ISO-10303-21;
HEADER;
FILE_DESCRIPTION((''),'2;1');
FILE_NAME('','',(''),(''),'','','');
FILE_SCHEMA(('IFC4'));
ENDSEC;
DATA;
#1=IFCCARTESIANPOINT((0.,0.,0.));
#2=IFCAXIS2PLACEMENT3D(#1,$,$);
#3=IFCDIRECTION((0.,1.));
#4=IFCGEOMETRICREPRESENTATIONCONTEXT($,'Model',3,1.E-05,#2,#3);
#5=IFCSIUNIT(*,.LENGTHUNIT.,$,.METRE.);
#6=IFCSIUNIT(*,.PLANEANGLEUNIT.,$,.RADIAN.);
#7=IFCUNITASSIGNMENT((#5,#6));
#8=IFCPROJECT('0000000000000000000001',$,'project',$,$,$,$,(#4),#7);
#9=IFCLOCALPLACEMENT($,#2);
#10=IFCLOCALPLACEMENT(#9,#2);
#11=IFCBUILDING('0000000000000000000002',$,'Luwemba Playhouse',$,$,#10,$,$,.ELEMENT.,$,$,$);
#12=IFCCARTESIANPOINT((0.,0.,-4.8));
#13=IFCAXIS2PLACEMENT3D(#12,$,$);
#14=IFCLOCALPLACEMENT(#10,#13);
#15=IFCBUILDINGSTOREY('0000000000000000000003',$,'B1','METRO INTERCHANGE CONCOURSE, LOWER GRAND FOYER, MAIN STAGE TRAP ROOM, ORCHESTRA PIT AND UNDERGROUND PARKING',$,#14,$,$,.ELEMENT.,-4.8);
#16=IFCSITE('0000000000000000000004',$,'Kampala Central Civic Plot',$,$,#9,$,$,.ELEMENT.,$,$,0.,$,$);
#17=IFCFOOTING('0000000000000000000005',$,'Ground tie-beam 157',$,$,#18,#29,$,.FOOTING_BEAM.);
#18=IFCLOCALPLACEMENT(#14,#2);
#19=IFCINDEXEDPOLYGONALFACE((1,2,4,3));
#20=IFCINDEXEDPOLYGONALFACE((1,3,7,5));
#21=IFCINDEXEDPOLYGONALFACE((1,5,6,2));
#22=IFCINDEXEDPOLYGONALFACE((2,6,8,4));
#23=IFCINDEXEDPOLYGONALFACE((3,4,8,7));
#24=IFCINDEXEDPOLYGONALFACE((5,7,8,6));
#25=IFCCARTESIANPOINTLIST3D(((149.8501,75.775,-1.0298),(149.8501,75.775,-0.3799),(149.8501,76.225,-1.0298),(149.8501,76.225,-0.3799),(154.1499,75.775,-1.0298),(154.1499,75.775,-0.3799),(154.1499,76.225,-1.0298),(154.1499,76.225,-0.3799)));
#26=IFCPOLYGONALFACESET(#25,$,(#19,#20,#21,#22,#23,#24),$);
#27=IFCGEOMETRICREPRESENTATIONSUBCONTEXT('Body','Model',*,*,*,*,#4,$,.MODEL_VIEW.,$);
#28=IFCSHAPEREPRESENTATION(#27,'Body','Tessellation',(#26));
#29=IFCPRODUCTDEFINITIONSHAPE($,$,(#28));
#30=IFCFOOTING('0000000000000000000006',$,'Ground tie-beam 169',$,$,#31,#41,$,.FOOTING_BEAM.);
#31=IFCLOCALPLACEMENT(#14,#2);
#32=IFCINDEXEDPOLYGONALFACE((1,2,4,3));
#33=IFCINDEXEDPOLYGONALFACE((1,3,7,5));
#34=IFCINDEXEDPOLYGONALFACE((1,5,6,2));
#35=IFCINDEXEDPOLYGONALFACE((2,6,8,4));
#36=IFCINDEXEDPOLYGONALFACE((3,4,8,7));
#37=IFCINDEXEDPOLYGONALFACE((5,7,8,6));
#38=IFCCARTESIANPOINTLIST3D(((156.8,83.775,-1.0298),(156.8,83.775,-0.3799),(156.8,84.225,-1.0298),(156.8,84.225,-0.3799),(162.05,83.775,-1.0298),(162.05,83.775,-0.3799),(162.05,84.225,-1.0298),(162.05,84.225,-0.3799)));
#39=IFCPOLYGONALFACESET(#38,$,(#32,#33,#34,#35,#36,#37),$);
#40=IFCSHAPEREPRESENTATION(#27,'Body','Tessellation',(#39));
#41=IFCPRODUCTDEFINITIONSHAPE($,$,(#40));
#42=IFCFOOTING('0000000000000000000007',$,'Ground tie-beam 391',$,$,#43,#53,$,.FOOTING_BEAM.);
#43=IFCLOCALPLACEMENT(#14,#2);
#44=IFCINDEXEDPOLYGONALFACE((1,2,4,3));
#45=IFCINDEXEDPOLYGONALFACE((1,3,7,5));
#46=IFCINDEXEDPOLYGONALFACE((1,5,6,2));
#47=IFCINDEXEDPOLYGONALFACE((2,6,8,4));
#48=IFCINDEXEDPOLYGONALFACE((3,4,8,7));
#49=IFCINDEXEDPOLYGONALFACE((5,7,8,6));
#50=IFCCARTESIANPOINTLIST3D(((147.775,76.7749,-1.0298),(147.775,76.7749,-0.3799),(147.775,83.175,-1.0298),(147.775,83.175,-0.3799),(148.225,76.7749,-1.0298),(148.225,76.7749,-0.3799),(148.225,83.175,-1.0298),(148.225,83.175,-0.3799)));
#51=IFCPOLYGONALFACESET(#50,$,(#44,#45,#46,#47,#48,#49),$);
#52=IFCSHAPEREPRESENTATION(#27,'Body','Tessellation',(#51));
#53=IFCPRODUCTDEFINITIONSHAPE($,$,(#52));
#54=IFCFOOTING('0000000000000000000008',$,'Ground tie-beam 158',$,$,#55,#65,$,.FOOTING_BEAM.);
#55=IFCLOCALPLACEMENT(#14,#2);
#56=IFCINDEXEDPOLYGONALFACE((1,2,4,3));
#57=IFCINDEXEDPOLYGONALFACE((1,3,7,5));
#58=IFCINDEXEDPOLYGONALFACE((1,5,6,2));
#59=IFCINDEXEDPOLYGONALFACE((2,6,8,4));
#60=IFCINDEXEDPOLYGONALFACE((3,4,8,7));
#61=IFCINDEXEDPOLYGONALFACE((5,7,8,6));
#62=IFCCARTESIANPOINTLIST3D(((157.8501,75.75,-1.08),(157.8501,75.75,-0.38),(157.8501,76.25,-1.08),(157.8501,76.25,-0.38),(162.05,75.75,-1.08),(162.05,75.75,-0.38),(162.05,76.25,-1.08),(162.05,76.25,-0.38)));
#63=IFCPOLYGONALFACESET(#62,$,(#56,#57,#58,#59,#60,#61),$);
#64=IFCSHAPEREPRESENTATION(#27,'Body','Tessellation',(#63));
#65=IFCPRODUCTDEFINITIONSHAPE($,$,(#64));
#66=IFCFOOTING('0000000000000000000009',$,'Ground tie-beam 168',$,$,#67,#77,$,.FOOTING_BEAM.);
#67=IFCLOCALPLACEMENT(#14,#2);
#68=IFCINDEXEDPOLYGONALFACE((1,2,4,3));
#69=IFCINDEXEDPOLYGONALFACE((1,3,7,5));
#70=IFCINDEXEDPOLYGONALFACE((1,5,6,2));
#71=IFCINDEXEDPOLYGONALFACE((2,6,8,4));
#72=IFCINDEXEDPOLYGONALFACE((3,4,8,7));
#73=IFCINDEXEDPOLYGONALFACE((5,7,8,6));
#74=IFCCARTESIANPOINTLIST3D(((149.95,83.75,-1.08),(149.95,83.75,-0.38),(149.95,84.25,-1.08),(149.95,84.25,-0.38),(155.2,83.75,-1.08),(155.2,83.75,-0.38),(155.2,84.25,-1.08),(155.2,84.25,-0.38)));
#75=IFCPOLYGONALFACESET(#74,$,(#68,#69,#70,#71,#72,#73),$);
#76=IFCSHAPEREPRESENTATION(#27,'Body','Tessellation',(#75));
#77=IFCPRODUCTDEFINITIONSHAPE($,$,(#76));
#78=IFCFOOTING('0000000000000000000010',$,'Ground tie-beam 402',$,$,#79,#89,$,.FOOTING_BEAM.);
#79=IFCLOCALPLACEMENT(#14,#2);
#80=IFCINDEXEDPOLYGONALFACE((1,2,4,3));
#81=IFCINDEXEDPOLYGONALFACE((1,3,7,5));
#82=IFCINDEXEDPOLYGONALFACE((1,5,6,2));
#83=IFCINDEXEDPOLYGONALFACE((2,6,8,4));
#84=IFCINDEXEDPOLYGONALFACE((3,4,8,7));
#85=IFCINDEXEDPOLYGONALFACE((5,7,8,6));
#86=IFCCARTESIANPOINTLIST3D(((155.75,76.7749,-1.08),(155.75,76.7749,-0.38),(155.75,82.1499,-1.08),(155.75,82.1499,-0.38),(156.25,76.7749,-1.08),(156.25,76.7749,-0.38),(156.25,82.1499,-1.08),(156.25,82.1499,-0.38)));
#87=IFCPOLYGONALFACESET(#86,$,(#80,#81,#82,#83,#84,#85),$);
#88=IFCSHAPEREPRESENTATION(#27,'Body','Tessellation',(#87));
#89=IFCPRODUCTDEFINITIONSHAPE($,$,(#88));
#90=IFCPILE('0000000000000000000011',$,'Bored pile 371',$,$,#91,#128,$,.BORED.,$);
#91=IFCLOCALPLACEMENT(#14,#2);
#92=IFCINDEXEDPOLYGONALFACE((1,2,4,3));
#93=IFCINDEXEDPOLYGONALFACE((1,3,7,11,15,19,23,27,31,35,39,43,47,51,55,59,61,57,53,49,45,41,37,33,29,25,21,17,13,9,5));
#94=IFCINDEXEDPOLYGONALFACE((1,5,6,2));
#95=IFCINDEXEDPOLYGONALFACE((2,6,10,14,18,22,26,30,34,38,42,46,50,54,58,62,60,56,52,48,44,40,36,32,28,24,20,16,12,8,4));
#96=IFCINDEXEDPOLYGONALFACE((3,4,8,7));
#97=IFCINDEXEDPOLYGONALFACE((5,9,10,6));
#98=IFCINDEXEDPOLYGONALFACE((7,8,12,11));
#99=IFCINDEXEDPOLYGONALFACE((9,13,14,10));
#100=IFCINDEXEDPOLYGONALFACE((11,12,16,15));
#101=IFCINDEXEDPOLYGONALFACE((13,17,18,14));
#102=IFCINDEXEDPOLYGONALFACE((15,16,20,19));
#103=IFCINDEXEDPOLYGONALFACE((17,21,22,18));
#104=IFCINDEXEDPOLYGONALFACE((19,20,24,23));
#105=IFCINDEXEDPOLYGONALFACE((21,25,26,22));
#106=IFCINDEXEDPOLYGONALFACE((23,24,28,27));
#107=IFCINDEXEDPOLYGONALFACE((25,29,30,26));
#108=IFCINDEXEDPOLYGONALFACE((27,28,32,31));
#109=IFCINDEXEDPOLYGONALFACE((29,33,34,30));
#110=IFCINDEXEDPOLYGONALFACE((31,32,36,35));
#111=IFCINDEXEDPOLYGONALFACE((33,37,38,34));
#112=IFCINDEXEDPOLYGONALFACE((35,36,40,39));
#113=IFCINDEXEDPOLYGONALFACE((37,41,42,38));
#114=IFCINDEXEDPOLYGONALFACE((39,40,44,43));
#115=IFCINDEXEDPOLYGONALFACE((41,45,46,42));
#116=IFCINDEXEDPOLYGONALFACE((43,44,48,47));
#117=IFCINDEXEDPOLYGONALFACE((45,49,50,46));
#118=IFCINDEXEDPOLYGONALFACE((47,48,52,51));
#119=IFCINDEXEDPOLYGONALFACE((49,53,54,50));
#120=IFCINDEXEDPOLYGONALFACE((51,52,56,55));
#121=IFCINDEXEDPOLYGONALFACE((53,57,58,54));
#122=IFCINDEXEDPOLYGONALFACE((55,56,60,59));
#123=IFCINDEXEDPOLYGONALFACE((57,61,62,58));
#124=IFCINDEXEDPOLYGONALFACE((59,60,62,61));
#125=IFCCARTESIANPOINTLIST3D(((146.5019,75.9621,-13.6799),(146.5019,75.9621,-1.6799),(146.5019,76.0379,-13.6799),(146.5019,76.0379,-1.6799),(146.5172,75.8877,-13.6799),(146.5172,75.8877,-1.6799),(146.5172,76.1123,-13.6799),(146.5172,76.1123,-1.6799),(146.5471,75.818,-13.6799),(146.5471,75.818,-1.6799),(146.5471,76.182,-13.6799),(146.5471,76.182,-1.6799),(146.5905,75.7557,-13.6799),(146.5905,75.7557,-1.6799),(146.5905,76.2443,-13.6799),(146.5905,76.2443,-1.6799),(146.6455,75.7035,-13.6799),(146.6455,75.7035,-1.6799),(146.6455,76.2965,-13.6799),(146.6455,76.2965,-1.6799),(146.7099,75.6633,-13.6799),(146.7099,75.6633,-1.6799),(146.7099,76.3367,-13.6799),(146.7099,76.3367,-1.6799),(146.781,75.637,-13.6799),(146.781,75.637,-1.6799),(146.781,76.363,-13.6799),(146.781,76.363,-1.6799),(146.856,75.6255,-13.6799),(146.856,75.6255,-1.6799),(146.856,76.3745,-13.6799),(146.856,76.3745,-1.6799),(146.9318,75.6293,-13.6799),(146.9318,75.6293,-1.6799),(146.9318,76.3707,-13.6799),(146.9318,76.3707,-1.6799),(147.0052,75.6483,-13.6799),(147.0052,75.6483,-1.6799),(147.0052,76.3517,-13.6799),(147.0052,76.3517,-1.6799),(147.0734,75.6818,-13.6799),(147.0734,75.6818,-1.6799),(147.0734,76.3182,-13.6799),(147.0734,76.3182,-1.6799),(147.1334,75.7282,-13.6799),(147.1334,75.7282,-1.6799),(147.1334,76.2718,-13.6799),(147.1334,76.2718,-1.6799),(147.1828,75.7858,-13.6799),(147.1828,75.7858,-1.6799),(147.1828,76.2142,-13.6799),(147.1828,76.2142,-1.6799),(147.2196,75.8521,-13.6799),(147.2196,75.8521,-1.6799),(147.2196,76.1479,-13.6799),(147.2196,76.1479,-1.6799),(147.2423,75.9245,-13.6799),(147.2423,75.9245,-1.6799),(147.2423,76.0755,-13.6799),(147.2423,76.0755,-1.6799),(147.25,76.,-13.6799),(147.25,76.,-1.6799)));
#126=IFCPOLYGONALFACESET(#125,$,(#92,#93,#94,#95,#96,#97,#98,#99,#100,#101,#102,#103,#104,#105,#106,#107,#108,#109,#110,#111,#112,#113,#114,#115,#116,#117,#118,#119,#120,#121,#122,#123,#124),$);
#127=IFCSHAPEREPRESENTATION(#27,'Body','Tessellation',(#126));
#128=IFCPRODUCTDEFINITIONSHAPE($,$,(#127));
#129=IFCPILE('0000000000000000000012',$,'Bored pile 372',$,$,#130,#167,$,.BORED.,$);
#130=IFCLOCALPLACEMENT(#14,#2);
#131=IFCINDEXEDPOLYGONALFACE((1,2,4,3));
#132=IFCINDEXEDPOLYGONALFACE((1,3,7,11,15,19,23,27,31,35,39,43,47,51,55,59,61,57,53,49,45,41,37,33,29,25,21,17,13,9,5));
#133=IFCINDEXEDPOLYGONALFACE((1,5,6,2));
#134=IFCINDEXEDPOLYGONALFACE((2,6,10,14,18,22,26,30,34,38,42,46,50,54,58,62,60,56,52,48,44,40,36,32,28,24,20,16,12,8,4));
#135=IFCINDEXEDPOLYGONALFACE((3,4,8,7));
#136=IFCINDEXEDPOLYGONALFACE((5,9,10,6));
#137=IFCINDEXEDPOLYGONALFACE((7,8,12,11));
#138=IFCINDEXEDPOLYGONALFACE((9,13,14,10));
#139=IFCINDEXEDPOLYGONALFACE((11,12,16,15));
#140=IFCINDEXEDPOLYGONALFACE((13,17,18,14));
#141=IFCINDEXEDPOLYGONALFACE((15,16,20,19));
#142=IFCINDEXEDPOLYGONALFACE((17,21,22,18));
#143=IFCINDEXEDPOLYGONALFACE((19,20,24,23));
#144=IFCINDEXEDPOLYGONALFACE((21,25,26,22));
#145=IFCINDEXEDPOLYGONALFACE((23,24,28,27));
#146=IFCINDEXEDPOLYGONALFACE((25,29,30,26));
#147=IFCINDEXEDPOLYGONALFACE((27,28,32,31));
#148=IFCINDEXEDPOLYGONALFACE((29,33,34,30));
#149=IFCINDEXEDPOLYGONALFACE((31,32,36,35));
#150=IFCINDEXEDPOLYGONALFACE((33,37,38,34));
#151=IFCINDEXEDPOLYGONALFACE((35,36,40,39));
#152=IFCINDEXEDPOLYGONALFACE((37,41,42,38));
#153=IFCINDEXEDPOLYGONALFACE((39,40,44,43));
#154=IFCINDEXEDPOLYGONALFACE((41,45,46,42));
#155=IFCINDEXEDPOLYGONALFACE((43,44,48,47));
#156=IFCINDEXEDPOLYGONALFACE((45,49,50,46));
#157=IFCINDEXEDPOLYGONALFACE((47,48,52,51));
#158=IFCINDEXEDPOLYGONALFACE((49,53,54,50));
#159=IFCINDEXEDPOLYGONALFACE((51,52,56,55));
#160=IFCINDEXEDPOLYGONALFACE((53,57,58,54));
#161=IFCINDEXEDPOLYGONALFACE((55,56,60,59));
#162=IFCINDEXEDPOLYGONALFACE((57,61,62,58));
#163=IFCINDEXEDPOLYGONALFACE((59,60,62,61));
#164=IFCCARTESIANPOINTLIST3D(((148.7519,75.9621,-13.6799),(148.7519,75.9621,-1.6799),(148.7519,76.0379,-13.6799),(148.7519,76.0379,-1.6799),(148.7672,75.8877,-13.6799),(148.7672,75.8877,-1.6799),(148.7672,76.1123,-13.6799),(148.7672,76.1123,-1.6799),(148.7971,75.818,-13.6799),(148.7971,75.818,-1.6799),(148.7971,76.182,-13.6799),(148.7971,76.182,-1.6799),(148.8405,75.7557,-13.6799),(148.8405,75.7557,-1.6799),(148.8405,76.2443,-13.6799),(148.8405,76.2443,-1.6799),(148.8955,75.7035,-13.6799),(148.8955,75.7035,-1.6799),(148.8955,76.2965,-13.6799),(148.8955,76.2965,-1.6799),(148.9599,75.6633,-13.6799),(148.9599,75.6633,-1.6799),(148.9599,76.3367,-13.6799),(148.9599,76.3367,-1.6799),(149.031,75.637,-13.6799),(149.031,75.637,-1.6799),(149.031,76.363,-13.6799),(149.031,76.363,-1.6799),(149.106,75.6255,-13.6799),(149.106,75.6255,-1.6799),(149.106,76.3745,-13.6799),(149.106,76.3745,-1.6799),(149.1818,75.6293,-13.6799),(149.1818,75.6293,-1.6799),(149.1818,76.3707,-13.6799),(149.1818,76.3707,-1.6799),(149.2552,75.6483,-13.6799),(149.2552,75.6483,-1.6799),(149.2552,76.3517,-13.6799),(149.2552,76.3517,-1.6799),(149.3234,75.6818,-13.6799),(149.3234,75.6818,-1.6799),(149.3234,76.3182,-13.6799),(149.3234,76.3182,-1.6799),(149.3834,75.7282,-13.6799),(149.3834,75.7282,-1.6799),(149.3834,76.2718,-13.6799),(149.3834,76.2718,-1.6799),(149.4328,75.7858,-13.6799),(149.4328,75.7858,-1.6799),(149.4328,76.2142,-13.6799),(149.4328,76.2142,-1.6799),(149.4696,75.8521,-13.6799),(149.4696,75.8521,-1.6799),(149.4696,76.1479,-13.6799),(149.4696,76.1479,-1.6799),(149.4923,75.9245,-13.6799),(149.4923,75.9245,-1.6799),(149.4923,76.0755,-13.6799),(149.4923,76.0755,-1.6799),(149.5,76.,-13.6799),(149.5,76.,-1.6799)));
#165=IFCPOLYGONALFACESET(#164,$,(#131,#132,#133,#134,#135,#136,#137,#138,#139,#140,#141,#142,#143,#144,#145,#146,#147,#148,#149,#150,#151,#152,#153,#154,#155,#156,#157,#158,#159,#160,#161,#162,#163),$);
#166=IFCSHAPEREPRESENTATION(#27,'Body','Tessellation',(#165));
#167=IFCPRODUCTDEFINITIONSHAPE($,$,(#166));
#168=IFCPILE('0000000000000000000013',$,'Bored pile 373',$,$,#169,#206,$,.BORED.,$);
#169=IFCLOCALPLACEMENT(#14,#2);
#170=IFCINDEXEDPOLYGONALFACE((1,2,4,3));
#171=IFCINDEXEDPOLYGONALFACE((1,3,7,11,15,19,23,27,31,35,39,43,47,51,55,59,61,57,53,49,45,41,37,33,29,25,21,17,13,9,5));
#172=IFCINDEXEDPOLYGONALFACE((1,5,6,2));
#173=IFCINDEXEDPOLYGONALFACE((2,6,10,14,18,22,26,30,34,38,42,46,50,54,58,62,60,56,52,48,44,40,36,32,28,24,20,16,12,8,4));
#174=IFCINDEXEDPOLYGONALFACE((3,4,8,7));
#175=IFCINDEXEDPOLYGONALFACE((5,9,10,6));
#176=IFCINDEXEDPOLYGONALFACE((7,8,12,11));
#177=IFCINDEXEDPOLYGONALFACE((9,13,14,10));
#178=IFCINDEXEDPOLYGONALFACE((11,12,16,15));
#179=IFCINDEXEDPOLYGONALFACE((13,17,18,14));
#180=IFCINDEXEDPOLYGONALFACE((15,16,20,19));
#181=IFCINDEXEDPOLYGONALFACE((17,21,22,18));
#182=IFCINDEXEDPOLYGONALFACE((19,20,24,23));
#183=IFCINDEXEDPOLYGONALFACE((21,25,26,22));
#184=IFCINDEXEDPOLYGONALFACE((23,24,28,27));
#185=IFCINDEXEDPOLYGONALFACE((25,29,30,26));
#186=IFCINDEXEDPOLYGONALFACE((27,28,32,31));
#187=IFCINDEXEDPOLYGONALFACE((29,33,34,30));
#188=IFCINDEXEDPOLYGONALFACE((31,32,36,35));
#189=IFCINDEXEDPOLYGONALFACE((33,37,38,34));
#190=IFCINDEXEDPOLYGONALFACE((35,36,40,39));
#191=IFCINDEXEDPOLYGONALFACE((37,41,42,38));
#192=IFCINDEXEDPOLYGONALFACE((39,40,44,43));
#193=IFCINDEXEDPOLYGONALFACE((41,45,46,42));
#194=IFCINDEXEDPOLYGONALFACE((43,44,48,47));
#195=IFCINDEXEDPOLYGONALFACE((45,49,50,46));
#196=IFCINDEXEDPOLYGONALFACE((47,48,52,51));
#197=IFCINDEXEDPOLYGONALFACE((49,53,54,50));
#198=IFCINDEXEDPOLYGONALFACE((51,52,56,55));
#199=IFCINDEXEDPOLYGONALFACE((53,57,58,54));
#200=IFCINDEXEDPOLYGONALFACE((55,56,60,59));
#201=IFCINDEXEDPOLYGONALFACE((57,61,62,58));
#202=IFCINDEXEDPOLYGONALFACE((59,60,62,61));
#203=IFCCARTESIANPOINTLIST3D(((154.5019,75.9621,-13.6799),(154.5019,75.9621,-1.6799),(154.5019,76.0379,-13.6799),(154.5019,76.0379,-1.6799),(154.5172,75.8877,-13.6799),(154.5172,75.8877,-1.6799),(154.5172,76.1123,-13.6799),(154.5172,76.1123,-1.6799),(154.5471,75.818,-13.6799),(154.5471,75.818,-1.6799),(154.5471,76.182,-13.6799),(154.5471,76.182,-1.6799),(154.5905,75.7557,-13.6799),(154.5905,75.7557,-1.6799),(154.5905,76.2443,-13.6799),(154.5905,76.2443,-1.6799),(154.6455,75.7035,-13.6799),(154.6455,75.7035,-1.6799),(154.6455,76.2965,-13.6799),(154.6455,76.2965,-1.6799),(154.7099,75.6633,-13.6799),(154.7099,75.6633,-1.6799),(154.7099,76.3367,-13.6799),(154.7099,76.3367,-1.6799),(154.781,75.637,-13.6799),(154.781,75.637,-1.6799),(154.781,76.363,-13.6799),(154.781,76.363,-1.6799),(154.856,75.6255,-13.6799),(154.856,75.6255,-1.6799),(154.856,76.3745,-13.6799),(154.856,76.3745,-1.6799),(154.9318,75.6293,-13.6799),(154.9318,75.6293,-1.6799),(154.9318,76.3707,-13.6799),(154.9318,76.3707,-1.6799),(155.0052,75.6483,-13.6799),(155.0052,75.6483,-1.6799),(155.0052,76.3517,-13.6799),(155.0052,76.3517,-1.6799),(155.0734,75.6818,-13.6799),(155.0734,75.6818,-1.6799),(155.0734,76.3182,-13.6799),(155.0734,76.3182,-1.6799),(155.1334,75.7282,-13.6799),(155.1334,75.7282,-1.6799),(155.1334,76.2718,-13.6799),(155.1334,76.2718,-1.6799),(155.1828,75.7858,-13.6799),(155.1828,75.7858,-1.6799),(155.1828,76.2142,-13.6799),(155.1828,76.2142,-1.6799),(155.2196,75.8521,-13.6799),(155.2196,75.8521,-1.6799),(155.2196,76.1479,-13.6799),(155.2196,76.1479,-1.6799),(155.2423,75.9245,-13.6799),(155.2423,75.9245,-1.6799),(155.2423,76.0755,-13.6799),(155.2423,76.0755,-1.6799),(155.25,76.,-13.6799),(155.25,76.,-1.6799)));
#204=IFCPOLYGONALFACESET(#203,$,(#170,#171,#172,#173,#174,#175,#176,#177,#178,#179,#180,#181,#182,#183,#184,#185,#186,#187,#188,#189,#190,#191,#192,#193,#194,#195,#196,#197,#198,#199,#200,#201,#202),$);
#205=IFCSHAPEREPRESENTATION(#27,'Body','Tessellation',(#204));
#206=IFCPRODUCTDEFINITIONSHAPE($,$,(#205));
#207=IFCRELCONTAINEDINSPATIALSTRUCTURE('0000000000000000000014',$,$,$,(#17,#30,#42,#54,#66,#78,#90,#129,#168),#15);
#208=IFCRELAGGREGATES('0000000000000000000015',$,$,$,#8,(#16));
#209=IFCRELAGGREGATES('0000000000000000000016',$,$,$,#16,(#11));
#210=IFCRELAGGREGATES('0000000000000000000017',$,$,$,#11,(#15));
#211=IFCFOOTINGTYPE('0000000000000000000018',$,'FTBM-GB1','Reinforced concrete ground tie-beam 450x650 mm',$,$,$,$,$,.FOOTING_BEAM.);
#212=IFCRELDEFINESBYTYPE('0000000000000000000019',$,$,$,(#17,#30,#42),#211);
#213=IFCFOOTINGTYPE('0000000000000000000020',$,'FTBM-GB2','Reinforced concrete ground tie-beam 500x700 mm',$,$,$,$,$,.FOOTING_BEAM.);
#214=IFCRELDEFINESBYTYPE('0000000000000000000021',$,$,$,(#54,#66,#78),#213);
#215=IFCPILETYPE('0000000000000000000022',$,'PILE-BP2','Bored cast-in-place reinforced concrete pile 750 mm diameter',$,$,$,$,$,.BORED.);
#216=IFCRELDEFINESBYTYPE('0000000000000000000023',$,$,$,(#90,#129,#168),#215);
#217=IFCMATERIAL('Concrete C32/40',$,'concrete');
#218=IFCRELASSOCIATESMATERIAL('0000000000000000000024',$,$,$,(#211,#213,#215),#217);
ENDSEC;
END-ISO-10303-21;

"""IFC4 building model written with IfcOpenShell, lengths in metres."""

from ifc_helpers import new_model, si_unit, direction, frame, origin, origin_2d, place, context, subcontext, project, spatial, rectangle, circle, extrude, material, material_profile, profile_set, type_object, element, save


model = new_model("IFC4")

# Units and contexts
model_context = context("Model", 3, precision=1e-05, world=origin(), true_north=direction((0.0, 1.0)))
body_context = subcontext(model_context, "Body", "Model", "MODEL_VIEW")
ifc_project = project(units=[si_unit("LENGTHUNIT", "METRE"), si_unit("PLANEANGLEUNIT", "RADIAN")], contexts=[model_context])

# Site, building, storey
site_placement = place(None, origin())
site = spatial("IfcSite", under=ifc_project, at=site_placement, Name="Kampala Central Civic Plot", CompositionType="ELEMENT", RefElevation=0.0)
building_placement = place(site_placement, origin())
building = spatial("IfcBuilding", under=site, at=building_placement, Name="Luwemba Playhouse", CompositionType="ELEMENT")
storey_placement = place(building_placement, frame((0.0, 0.0, -4.8)))
storey = spatial("IfcBuildingStorey", under=building, at=storey_placement, Name="B1", Description="METRO INTERCHANGE CONCOURSE, LOWER GRAND FOYER, MAIN STAGE TRAP ROOM, ORCHESTRA PIT AND UNDERGROUND PARKING", CompositionType="ELEMENT", Elevation=-4.8)

# Footings
ifc_material_1 = material(Name="Concrete C32/40", Category="concrete")
ifc_material_profile_1 = material_profile(ifc_material_1, rectangle(XDim=0.45, YDim=0.6499, at=origin_2d()))
ifc_profile_set_1 = profile_set([ifc_material_profile_1], Name="Concrete C32/40")
footing_type_1 = type_object("IfcFootingType", Name="FTBM-GB1", Description="Reinforced concrete ground tie-beam 450x650 mm", PredefinedType="FOOTING_BEAM", material=ifc_profile_set_1)
footing_1_placement = place(storey_placement, frame((149.8501, 76.0, -0.7048), z_axis=(1.0, 0.0, 0.0), x_axis=(0.0, 1.0, 0.0)))
element("IfcFooting", 1, at=footing_1_placement, inside=storey, type_object=footing_type_1, Name="Ground tie-beam 157", PredefinedType="FOOTING_BEAM", context=body_context, shape_type="SweptSolid", body=[
    extrude(rectangle(XDim=0.45, YDim=0.6499, at=origin_2d()), origin(), (0.0, 0.0, 1.0), 4.2998),
])
footing_2_placement = place(storey_placement, frame((156.8, 84.0, -0.7048), z_axis=(1.0, 0.0, 0.0), x_axis=(0.0, 1.0, 0.0)))
element("IfcFooting", 2, at=footing_2_placement, inside=storey, type_object=footing_type_1, Name="Ground tie-beam 169", PredefinedType="FOOTING_BEAM", context=body_context, shape_type="SweptSolid", body=[
    extrude(rectangle(XDim=0.45, YDim=0.6499, at=origin_2d()), origin(), (0.0, 0.0, 1.0), 5.25),
])
footing_3_placement = place(storey_placement, frame((148.0, 76.7749, -0.7048), z_axis=(0.0, 1.0, 0.0), x_axis=(-1.0, 0.0, 0.0)))
element("IfcFooting", 3, at=footing_3_placement, inside=storey, type_object=footing_type_1, Name="Ground tie-beam 391", PredefinedType="FOOTING_BEAM", context=body_context, shape_type="SweptSolid", body=[
    extrude(rectangle(XDim=0.45, YDim=0.6499, at=origin_2d()), origin(), (0.0, 0.0, 1.0), 6.4001),
])
ifc_material_profile_2 = material_profile(ifc_material_1, rectangle(XDim=0.5, YDim=0.7, at=origin_2d()))
ifc_profile_set_2 = profile_set([ifc_material_profile_2], Name="Concrete C32/40")
footing_type_2 = type_object("IfcFootingType", Name="FTBM-GB2", Description="Reinforced concrete ground tie-beam 500x700 mm", PredefinedType="FOOTING_BEAM", material=ifc_profile_set_2)
footing_4_placement = place(storey_placement, frame((157.8501, 76.0, -0.73), z_axis=(1.0, 0.0, 0.0), x_axis=(0.0, 1.0, 0.0)))
element("IfcFooting", 4, at=footing_4_placement, inside=storey, type_object=footing_type_2, Name="Ground tie-beam 158", PredefinedType="FOOTING_BEAM", context=body_context, shape_type="SweptSolid", body=[
    extrude(rectangle(XDim=0.5, YDim=0.7, at=origin_2d()), origin(), (0.0, 0.0, 1.0), 4.2),
])
footing_5_placement = place(storey_placement, frame((149.95, 84.0, -0.73), z_axis=(1.0, 0.0, 0.0), x_axis=(0.0, 1.0, 0.0)))
element("IfcFooting", 5, at=footing_5_placement, inside=storey, type_object=footing_type_2, Name="Ground tie-beam 168", PredefinedType="FOOTING_BEAM", context=body_context, shape_type="SweptSolid", body=[
    extrude(rectangle(XDim=0.5, YDim=0.7, at=origin_2d()), origin(), (0.0, 0.0, 1.0), 5.25),
])
footing_6_placement = place(storey_placement, frame((156.0, 76.7749, -0.73), z_axis=(0.0, 1.0, 0.0), x_axis=(-1.0, 0.0, 0.0)))
element("IfcFooting", 6, at=footing_6_placement, inside=storey, type_object=footing_type_2, Name="Ground tie-beam 402", PredefinedType="FOOTING_BEAM", context=body_context, shape_type="SweptSolid", body=[
    extrude(rectangle(XDim=0.5, YDim=0.7, at=origin_2d()), origin(), (0.0, 0.0, 1.0), 5.375),
])

# Piles
ifc_material_profile_3 = material_profile(ifc_material_1, circle(Radius=0.375, at=origin_2d()))
ifc_profile_set_3 = profile_set([ifc_material_profile_3], Name="Concrete C32/40")
pile_type_1 = type_object("IfcPileType", Name="PILE-BP2", Description="Bored cast-in-place reinforced concrete pile 750 mm diameter", PredefinedType="BORED", material=ifc_profile_set_3)
for number, where, z_axis, x_axis, name in (
    (7, (146.875, 76.0, -1.6799), (0.0, 0.0, -1.0), (1.0, 0.0, 0.0), "Bored pile 371"),
    (8, (149.125, 76.0, -1.6799), (0.0, 0.0, -1.0), (1.0, 0.0, 0.0), "Bored pile 372"),
    (9, (154.875, 76.0, -1.6799), (0.0, 0.0, -1.0), (1.0, 0.0, 0.0), "Bored pile 373"),
):
    element("IfcPile", number, at=place(storey_placement, frame(where, z_axis=z_axis, x_axis=x_axis)), inside=storey, type_object=pile_type_1, Name=name, PredefinedType="BORED", context=body_context, shape_type="SweptSolid", body=[
        extrude(circle(Radius=0.375, at=origin_2d()), origin(), (0.0, 0.0, 1.0), 12.0),
    ])

save(model, "model.ifc")
